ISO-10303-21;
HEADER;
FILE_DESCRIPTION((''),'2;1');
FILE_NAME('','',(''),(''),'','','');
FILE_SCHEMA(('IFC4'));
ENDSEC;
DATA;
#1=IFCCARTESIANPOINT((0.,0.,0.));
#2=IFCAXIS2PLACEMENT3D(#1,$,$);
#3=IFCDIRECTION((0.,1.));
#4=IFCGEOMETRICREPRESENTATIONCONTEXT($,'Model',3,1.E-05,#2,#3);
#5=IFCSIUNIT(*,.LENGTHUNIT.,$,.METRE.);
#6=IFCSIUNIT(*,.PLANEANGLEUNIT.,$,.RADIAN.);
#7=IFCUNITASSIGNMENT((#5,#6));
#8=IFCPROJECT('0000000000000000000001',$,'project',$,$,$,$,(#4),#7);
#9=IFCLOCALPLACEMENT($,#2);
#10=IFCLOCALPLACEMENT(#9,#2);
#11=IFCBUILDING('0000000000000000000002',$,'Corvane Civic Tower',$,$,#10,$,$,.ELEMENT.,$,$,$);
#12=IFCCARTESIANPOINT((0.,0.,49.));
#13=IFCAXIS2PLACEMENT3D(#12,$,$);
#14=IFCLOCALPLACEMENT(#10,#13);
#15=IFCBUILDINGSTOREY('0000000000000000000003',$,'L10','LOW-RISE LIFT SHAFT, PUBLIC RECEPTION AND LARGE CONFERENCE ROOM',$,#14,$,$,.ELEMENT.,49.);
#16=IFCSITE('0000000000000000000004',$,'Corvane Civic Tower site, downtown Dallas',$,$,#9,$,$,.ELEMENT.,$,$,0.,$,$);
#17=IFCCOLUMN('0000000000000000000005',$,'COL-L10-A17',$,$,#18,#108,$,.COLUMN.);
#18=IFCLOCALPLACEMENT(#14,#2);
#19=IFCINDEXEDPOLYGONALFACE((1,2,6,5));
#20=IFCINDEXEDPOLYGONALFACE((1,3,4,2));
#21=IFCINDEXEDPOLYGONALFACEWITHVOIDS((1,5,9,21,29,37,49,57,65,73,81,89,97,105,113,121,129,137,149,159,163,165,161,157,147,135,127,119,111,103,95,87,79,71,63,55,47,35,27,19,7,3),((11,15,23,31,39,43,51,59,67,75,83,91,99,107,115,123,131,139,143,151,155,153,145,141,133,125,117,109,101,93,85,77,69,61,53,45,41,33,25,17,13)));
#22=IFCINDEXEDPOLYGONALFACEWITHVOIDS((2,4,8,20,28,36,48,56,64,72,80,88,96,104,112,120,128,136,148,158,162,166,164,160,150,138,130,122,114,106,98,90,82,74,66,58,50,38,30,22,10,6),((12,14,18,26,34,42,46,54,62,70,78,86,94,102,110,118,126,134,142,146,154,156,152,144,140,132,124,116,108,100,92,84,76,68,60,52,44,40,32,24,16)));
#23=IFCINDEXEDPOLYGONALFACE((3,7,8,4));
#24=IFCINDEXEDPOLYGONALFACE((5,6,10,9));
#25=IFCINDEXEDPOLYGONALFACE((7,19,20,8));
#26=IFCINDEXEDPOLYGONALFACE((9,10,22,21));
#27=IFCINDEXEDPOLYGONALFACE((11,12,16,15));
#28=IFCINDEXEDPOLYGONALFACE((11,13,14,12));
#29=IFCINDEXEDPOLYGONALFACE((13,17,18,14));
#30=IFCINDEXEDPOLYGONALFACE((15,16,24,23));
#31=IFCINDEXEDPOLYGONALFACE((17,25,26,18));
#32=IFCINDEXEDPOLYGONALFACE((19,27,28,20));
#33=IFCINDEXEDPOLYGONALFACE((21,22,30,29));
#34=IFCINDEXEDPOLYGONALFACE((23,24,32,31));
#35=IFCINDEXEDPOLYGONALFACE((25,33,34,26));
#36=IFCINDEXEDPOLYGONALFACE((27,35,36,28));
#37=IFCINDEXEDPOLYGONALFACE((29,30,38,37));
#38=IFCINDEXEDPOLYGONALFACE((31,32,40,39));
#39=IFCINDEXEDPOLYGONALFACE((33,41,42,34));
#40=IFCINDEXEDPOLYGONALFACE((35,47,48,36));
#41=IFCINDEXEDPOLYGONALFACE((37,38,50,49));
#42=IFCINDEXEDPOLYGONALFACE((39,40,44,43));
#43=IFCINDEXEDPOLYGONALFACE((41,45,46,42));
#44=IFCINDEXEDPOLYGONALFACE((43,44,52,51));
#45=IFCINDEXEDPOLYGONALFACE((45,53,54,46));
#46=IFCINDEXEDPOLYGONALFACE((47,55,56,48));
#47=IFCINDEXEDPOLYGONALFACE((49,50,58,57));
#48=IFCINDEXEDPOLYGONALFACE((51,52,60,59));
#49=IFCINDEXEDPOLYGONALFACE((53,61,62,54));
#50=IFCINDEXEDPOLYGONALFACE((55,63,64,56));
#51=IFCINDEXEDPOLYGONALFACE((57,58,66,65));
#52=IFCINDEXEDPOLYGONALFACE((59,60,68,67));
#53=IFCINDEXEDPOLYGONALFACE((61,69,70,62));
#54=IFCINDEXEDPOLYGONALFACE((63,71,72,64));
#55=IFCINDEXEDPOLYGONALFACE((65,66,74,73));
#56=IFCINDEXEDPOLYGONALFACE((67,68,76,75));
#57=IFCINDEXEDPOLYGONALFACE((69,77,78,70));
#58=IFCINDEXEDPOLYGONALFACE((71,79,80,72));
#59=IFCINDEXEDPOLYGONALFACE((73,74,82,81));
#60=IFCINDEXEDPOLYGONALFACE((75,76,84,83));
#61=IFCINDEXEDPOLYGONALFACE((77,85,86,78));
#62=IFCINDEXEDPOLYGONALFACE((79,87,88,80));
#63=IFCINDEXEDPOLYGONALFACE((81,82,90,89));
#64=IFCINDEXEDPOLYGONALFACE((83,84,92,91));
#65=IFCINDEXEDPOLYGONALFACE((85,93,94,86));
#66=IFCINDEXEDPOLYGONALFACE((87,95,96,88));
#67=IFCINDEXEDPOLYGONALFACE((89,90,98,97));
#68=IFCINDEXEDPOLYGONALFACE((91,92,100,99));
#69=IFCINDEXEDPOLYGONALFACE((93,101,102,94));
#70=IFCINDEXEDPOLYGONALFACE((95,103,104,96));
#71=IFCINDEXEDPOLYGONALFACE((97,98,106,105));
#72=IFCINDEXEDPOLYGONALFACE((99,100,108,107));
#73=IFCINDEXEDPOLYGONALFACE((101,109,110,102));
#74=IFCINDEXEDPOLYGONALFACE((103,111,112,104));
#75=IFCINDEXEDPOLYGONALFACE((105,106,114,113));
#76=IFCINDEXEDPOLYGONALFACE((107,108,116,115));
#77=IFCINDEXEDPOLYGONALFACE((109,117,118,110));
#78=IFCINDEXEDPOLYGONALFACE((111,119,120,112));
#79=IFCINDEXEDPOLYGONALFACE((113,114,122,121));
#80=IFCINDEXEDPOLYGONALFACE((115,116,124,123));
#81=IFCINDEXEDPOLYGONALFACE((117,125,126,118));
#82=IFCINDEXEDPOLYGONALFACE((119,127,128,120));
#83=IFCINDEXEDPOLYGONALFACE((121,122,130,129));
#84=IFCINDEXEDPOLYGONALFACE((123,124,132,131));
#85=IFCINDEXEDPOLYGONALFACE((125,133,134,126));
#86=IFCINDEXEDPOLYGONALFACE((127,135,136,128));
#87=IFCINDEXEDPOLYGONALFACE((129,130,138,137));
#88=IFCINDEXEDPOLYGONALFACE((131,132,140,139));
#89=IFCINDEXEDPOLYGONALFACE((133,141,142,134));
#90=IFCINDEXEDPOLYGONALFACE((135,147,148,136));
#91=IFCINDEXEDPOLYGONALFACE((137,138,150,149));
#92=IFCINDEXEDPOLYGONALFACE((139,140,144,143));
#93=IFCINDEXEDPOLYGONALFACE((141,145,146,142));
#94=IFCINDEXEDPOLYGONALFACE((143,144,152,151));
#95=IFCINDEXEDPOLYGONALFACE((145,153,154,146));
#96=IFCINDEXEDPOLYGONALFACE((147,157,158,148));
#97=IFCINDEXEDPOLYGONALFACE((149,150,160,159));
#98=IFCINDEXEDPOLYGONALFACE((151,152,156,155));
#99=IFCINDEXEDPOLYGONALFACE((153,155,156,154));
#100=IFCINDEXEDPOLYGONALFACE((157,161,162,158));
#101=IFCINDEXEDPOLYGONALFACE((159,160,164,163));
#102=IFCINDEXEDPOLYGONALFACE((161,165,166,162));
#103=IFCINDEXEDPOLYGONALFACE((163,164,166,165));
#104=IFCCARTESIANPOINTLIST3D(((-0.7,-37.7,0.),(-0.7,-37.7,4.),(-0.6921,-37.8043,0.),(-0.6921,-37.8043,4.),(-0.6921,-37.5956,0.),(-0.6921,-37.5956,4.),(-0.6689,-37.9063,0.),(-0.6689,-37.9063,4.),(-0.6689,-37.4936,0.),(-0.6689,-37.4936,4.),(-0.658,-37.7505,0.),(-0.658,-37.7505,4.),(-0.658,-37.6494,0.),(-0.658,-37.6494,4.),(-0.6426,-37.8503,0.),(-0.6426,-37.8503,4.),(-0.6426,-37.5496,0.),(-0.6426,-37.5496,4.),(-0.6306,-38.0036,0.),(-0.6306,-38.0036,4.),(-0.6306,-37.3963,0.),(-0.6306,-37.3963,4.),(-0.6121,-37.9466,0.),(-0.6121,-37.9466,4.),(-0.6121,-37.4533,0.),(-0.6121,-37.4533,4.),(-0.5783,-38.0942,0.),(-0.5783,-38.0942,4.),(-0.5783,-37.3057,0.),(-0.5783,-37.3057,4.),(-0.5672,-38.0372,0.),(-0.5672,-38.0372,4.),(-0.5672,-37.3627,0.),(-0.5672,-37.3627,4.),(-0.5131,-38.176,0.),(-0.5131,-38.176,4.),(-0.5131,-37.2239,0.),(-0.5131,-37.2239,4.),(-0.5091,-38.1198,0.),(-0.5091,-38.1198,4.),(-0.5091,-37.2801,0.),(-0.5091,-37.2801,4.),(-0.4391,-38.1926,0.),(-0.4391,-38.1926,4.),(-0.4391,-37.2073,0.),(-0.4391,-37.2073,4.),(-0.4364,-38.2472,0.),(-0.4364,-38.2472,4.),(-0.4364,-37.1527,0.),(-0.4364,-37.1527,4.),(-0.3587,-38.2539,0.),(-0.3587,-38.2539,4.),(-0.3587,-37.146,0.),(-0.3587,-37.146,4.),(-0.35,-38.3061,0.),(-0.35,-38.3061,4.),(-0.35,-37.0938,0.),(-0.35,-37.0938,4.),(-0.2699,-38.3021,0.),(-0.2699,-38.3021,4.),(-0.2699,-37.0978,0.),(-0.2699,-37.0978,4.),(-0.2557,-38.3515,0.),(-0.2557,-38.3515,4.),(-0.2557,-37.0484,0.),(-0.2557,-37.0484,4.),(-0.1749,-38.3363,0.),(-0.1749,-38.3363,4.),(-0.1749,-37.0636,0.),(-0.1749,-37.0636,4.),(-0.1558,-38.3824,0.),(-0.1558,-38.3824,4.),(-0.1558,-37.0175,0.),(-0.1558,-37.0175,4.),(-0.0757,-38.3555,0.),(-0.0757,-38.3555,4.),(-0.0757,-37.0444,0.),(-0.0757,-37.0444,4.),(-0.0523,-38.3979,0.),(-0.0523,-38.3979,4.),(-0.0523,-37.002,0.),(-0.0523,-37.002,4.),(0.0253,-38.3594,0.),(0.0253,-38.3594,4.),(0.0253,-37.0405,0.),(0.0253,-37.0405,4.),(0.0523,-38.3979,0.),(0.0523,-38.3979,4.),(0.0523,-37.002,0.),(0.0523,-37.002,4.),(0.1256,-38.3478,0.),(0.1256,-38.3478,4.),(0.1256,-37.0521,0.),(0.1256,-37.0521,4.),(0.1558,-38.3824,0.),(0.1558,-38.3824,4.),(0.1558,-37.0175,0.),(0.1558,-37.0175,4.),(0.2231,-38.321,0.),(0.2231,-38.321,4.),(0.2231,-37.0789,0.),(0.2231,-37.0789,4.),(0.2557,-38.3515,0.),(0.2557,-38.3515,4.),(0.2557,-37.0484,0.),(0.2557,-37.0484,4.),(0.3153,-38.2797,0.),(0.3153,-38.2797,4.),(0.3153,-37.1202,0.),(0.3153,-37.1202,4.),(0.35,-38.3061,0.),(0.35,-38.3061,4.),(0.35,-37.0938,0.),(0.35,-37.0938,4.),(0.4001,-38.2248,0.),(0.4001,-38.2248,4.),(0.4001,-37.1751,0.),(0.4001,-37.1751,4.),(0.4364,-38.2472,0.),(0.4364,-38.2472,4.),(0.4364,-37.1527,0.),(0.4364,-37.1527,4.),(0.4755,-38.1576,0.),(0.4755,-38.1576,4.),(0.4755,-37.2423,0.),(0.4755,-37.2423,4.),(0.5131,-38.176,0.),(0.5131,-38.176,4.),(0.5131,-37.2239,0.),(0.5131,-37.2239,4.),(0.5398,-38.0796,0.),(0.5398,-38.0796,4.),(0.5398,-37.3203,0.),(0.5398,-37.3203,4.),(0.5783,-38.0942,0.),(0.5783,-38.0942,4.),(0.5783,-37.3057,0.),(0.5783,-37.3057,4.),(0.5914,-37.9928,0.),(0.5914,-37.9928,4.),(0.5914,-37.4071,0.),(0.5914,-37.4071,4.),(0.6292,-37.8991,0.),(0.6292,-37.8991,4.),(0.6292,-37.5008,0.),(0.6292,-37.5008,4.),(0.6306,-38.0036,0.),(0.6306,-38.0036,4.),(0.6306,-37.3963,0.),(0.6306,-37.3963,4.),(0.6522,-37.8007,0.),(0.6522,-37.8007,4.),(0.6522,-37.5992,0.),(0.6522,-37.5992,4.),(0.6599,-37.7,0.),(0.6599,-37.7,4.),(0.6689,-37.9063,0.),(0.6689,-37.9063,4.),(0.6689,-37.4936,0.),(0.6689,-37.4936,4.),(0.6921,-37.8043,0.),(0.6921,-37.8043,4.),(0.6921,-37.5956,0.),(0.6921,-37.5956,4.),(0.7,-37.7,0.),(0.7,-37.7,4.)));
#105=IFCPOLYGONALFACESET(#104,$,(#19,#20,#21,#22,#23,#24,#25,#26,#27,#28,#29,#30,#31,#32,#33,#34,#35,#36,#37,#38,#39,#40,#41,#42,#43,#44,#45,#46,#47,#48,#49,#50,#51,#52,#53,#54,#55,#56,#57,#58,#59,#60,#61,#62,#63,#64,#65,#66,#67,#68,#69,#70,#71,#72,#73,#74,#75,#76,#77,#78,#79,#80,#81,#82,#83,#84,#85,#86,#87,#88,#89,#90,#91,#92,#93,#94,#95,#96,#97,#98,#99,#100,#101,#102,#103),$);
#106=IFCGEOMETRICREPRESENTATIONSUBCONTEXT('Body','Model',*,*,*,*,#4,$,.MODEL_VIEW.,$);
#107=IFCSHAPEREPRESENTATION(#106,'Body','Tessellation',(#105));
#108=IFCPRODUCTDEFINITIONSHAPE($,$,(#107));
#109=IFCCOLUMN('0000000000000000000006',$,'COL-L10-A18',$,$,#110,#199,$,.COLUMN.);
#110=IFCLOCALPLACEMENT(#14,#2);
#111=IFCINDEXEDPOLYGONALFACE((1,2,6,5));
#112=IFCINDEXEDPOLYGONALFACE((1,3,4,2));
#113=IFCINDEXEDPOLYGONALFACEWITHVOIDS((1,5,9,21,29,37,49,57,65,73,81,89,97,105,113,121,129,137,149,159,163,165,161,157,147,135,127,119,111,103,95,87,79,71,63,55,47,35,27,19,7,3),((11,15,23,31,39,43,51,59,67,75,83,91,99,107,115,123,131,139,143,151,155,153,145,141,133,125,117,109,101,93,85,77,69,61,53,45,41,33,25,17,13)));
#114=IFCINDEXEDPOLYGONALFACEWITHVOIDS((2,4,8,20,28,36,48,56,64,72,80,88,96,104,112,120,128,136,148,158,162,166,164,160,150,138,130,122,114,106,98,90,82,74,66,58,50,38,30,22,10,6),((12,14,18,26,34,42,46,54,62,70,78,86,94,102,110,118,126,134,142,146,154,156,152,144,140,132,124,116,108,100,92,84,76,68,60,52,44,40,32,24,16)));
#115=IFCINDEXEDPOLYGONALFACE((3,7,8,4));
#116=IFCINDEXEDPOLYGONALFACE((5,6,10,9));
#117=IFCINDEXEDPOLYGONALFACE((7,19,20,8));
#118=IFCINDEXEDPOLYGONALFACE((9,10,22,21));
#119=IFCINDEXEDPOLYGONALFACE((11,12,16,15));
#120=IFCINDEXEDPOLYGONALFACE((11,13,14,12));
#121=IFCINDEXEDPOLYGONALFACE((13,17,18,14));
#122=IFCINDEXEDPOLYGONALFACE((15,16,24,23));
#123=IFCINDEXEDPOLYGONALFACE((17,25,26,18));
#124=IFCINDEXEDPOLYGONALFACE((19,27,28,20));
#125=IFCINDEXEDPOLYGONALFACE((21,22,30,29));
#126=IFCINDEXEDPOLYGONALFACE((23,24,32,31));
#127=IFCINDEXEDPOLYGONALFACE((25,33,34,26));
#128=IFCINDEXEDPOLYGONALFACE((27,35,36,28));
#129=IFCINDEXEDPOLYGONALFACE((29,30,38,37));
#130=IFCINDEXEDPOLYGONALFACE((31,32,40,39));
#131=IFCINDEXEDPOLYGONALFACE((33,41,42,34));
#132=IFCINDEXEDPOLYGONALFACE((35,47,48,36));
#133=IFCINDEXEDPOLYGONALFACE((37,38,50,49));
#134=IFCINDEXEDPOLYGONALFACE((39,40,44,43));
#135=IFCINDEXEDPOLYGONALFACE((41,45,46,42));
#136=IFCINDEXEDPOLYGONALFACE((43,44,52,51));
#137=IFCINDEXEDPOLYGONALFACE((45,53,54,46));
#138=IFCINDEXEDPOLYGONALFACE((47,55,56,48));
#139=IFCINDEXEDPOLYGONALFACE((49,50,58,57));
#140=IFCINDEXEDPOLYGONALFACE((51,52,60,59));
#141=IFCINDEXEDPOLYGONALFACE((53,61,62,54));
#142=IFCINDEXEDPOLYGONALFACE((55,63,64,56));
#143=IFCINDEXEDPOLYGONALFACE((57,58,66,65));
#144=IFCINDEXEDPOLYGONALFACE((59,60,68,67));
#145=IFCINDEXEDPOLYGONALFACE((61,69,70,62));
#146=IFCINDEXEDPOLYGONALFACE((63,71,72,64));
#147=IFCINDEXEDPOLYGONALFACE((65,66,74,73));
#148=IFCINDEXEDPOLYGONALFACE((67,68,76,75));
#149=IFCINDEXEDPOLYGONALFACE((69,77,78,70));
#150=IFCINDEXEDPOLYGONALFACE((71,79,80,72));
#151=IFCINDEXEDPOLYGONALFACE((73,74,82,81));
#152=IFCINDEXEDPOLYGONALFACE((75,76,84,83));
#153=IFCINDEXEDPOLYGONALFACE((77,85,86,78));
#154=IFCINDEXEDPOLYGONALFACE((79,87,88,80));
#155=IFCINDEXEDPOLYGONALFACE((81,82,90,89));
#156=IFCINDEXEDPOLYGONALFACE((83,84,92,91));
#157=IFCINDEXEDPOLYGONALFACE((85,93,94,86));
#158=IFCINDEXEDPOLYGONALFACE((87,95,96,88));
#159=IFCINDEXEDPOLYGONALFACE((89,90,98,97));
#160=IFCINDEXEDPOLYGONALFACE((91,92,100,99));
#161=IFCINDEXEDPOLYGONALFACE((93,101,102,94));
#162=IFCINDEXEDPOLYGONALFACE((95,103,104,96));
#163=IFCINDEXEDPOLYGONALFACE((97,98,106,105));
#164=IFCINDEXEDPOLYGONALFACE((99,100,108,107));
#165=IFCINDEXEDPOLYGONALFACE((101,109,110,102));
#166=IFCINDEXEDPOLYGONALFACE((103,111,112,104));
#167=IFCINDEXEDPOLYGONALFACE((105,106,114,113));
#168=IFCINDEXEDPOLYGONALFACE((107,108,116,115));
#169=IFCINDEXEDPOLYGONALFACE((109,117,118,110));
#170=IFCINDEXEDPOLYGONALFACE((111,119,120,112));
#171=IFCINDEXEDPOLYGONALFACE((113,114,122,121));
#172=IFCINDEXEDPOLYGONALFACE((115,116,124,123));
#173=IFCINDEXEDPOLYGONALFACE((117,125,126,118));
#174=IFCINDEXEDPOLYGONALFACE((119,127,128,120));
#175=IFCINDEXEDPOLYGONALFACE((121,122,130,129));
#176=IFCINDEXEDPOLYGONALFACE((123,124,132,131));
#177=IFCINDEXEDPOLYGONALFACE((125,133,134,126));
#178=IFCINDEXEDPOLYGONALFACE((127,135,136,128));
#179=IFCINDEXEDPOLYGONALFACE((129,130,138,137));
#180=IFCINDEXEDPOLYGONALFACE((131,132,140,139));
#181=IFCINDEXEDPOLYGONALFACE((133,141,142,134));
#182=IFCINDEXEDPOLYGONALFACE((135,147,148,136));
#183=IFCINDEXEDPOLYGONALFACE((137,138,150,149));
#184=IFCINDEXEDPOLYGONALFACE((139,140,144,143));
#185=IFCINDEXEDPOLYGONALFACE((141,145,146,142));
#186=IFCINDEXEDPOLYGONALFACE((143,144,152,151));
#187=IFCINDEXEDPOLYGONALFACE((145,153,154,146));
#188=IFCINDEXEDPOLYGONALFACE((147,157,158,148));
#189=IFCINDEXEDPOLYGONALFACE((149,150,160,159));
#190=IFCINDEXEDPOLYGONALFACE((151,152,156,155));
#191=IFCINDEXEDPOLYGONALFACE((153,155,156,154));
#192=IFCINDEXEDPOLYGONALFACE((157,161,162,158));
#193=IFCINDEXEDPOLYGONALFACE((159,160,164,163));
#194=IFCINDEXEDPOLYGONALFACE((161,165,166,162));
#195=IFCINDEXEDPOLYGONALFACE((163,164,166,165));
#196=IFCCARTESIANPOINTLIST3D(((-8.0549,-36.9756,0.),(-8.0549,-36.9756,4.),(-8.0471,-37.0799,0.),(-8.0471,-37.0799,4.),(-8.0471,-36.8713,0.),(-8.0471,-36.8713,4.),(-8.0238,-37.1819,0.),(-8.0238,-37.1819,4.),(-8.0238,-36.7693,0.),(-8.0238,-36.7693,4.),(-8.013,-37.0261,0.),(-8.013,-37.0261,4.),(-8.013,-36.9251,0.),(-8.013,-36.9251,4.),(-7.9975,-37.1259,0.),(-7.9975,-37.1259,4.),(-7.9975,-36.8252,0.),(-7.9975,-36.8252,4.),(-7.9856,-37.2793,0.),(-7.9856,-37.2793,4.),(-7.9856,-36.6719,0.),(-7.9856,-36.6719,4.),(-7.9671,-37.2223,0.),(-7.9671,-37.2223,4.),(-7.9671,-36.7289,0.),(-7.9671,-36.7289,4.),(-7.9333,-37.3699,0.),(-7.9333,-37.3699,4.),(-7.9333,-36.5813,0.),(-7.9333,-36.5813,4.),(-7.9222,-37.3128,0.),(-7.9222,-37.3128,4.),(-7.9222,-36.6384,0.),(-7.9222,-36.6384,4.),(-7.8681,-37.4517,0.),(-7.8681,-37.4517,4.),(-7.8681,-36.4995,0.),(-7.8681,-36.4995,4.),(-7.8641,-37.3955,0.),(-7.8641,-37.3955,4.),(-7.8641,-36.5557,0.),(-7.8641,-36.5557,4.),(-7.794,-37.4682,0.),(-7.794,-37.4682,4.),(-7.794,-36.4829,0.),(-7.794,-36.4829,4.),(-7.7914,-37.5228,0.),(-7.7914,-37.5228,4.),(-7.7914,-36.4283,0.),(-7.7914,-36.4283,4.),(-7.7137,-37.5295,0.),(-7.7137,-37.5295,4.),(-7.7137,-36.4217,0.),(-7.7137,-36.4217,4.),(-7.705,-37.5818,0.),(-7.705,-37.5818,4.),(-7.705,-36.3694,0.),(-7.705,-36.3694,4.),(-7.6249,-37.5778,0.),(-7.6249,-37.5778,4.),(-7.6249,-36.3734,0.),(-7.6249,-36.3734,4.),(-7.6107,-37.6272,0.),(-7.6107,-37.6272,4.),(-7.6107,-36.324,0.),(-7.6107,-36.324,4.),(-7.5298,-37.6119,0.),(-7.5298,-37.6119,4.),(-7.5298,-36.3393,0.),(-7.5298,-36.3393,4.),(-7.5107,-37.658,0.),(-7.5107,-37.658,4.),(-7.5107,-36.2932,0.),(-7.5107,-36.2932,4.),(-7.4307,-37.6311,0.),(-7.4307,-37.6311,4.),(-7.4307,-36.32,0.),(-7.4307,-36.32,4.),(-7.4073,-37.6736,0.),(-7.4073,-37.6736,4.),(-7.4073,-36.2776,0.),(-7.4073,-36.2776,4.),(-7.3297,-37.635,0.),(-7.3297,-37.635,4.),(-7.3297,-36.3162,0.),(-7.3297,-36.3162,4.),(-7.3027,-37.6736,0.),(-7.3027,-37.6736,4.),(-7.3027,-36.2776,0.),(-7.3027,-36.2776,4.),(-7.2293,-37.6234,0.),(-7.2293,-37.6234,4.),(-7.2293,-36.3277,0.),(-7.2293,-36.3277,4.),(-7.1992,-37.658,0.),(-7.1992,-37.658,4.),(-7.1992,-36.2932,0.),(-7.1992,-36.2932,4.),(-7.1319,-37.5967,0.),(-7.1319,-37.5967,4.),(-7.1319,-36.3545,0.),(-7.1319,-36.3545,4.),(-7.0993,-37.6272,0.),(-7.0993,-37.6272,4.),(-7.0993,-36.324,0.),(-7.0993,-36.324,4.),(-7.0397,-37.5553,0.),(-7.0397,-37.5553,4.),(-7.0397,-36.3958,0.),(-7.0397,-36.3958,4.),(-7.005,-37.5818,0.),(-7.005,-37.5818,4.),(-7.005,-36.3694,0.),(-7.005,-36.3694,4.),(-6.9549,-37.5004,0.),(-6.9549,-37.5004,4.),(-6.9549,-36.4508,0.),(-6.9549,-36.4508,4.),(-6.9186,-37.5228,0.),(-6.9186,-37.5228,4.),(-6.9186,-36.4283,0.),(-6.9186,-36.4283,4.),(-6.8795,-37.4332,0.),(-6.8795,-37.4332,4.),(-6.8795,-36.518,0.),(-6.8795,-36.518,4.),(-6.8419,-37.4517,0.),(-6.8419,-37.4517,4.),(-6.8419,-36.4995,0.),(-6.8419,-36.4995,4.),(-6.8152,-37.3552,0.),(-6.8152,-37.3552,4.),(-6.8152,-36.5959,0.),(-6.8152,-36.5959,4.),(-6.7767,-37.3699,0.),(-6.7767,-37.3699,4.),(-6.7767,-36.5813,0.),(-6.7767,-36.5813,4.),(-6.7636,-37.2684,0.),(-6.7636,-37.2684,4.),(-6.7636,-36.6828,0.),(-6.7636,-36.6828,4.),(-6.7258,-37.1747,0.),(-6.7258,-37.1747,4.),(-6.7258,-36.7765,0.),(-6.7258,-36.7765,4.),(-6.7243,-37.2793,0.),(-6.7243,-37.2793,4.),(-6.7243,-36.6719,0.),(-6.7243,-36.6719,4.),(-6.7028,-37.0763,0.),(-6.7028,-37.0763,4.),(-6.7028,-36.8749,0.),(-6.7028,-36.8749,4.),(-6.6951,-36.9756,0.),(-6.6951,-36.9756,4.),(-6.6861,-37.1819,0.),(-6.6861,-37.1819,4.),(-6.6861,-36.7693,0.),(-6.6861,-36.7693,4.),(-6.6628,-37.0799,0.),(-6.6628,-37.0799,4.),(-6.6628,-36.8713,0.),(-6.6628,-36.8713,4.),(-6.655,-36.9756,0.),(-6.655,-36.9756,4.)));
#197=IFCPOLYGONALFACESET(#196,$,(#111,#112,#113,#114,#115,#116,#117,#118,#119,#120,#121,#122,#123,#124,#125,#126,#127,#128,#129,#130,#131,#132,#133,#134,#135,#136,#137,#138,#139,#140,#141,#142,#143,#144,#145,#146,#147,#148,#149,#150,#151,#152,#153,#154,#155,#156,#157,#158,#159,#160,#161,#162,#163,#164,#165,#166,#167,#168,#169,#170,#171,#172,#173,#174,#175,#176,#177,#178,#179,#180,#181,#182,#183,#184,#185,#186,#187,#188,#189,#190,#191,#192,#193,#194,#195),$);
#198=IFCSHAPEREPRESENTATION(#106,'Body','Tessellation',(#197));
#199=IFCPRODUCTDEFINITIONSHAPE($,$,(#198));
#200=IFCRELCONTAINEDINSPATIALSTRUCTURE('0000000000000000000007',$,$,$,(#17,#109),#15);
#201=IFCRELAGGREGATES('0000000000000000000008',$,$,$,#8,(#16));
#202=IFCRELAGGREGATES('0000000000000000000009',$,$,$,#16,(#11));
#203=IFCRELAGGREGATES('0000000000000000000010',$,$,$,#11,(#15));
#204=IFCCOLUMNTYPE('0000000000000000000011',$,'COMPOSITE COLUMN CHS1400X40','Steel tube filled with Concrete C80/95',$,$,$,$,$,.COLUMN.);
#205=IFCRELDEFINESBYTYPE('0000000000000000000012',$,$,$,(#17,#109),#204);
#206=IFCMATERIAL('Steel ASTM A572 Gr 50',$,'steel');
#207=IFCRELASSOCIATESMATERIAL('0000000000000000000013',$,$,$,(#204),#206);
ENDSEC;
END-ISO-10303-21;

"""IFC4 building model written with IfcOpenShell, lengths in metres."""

from ifc_helpers import new_model, si_unit, direction, frame, origin, origin_2d, place, context, subcontext, project, spatial, hollow_circle, extrude, material, material_profile, profile_set, type_object, element, save


model = new_model("IFC4")

# Units and contexts
model_context = context("Model", 3, precision=1e-05, world=origin(), true_north=direction((0.0, 1.0)))
body_context = subcontext(model_context, "Body", "Model", "MODEL_VIEW")
ifc_project = project(units=[si_unit("LENGTHUNIT", "METRE"), si_unit("PLANEANGLEUNIT", "RADIAN")], contexts=[model_context])

# Site, building, storey
site_placement = place(None, origin())
site = spatial("IfcSite", under=ifc_project, at=site_placement, Name="Corvane Civic Tower site, downtown Dallas", CompositionType="ELEMENT", RefElevation=0.0)
building_placement = place(site_placement, origin())
building = spatial("IfcBuilding", under=site, at=building_placement, Name="Corvane Civic Tower", CompositionType="ELEMENT")
storey_placement = place(building_placement, frame((0.0, 0.0, 49.0)))
storey = spatial("IfcBuildingStorey", under=building, at=storey_placement, Name="L10", Description="LOW-RISE LIFT SHAFT, PUBLIC RECEPTION AND LARGE CONFERENCE ROOM", CompositionType="ELEMENT", Elevation=49.0)

# Columns
ifc_material_1 = material(Name="Steel ASTM A572 Gr 50", Category="steel")
ifc_material_profile_1 = material_profile(ifc_material_1, hollow_circle(Radius=0.7, WallThickness=0.04, at=origin_2d()), Name="CHS1400X40")
ifc_profile_set_1 = profile_set([ifc_material_profile_1], Name="Steel ASTM A572 Gr 50")
column_type = type_object("IfcColumnType", Name="COMPOSITE COLUMN CHS1400X40", Description="Steel tube filled with Concrete C80/95", PredefinedType="COLUMN", material=ifc_profile_set_1)
for number, where, z_axis, x_axis, name in (
    (1, (0.0, -37.7, 0.0), (0.0, 0.0, 1.0), (1.0, 0.0, 0.0), "COL-L10-A17"),
    (2, (-7.355, -36.9756, 0.0), (0.0, 0.0, 1.0), (1.0, 0.0, 0.0), "COL-L10-A18"),
):
    element("IfcColumn", number, at=place(storey_placement, frame(where, z_axis=z_axis, x_axis=x_axis)), inside=storey, type_object=column_type, Name=name, PredefinedType="COLUMN", context=body_context, shape_type="SweptSolid", body=[
        extrude(hollow_circle(Radius=0.7, WallThickness=0.04, at=origin_2d()), origin(), (0.0, 0.0, 1.0), 4.0),
    ])

save(model, "model.ifc")
